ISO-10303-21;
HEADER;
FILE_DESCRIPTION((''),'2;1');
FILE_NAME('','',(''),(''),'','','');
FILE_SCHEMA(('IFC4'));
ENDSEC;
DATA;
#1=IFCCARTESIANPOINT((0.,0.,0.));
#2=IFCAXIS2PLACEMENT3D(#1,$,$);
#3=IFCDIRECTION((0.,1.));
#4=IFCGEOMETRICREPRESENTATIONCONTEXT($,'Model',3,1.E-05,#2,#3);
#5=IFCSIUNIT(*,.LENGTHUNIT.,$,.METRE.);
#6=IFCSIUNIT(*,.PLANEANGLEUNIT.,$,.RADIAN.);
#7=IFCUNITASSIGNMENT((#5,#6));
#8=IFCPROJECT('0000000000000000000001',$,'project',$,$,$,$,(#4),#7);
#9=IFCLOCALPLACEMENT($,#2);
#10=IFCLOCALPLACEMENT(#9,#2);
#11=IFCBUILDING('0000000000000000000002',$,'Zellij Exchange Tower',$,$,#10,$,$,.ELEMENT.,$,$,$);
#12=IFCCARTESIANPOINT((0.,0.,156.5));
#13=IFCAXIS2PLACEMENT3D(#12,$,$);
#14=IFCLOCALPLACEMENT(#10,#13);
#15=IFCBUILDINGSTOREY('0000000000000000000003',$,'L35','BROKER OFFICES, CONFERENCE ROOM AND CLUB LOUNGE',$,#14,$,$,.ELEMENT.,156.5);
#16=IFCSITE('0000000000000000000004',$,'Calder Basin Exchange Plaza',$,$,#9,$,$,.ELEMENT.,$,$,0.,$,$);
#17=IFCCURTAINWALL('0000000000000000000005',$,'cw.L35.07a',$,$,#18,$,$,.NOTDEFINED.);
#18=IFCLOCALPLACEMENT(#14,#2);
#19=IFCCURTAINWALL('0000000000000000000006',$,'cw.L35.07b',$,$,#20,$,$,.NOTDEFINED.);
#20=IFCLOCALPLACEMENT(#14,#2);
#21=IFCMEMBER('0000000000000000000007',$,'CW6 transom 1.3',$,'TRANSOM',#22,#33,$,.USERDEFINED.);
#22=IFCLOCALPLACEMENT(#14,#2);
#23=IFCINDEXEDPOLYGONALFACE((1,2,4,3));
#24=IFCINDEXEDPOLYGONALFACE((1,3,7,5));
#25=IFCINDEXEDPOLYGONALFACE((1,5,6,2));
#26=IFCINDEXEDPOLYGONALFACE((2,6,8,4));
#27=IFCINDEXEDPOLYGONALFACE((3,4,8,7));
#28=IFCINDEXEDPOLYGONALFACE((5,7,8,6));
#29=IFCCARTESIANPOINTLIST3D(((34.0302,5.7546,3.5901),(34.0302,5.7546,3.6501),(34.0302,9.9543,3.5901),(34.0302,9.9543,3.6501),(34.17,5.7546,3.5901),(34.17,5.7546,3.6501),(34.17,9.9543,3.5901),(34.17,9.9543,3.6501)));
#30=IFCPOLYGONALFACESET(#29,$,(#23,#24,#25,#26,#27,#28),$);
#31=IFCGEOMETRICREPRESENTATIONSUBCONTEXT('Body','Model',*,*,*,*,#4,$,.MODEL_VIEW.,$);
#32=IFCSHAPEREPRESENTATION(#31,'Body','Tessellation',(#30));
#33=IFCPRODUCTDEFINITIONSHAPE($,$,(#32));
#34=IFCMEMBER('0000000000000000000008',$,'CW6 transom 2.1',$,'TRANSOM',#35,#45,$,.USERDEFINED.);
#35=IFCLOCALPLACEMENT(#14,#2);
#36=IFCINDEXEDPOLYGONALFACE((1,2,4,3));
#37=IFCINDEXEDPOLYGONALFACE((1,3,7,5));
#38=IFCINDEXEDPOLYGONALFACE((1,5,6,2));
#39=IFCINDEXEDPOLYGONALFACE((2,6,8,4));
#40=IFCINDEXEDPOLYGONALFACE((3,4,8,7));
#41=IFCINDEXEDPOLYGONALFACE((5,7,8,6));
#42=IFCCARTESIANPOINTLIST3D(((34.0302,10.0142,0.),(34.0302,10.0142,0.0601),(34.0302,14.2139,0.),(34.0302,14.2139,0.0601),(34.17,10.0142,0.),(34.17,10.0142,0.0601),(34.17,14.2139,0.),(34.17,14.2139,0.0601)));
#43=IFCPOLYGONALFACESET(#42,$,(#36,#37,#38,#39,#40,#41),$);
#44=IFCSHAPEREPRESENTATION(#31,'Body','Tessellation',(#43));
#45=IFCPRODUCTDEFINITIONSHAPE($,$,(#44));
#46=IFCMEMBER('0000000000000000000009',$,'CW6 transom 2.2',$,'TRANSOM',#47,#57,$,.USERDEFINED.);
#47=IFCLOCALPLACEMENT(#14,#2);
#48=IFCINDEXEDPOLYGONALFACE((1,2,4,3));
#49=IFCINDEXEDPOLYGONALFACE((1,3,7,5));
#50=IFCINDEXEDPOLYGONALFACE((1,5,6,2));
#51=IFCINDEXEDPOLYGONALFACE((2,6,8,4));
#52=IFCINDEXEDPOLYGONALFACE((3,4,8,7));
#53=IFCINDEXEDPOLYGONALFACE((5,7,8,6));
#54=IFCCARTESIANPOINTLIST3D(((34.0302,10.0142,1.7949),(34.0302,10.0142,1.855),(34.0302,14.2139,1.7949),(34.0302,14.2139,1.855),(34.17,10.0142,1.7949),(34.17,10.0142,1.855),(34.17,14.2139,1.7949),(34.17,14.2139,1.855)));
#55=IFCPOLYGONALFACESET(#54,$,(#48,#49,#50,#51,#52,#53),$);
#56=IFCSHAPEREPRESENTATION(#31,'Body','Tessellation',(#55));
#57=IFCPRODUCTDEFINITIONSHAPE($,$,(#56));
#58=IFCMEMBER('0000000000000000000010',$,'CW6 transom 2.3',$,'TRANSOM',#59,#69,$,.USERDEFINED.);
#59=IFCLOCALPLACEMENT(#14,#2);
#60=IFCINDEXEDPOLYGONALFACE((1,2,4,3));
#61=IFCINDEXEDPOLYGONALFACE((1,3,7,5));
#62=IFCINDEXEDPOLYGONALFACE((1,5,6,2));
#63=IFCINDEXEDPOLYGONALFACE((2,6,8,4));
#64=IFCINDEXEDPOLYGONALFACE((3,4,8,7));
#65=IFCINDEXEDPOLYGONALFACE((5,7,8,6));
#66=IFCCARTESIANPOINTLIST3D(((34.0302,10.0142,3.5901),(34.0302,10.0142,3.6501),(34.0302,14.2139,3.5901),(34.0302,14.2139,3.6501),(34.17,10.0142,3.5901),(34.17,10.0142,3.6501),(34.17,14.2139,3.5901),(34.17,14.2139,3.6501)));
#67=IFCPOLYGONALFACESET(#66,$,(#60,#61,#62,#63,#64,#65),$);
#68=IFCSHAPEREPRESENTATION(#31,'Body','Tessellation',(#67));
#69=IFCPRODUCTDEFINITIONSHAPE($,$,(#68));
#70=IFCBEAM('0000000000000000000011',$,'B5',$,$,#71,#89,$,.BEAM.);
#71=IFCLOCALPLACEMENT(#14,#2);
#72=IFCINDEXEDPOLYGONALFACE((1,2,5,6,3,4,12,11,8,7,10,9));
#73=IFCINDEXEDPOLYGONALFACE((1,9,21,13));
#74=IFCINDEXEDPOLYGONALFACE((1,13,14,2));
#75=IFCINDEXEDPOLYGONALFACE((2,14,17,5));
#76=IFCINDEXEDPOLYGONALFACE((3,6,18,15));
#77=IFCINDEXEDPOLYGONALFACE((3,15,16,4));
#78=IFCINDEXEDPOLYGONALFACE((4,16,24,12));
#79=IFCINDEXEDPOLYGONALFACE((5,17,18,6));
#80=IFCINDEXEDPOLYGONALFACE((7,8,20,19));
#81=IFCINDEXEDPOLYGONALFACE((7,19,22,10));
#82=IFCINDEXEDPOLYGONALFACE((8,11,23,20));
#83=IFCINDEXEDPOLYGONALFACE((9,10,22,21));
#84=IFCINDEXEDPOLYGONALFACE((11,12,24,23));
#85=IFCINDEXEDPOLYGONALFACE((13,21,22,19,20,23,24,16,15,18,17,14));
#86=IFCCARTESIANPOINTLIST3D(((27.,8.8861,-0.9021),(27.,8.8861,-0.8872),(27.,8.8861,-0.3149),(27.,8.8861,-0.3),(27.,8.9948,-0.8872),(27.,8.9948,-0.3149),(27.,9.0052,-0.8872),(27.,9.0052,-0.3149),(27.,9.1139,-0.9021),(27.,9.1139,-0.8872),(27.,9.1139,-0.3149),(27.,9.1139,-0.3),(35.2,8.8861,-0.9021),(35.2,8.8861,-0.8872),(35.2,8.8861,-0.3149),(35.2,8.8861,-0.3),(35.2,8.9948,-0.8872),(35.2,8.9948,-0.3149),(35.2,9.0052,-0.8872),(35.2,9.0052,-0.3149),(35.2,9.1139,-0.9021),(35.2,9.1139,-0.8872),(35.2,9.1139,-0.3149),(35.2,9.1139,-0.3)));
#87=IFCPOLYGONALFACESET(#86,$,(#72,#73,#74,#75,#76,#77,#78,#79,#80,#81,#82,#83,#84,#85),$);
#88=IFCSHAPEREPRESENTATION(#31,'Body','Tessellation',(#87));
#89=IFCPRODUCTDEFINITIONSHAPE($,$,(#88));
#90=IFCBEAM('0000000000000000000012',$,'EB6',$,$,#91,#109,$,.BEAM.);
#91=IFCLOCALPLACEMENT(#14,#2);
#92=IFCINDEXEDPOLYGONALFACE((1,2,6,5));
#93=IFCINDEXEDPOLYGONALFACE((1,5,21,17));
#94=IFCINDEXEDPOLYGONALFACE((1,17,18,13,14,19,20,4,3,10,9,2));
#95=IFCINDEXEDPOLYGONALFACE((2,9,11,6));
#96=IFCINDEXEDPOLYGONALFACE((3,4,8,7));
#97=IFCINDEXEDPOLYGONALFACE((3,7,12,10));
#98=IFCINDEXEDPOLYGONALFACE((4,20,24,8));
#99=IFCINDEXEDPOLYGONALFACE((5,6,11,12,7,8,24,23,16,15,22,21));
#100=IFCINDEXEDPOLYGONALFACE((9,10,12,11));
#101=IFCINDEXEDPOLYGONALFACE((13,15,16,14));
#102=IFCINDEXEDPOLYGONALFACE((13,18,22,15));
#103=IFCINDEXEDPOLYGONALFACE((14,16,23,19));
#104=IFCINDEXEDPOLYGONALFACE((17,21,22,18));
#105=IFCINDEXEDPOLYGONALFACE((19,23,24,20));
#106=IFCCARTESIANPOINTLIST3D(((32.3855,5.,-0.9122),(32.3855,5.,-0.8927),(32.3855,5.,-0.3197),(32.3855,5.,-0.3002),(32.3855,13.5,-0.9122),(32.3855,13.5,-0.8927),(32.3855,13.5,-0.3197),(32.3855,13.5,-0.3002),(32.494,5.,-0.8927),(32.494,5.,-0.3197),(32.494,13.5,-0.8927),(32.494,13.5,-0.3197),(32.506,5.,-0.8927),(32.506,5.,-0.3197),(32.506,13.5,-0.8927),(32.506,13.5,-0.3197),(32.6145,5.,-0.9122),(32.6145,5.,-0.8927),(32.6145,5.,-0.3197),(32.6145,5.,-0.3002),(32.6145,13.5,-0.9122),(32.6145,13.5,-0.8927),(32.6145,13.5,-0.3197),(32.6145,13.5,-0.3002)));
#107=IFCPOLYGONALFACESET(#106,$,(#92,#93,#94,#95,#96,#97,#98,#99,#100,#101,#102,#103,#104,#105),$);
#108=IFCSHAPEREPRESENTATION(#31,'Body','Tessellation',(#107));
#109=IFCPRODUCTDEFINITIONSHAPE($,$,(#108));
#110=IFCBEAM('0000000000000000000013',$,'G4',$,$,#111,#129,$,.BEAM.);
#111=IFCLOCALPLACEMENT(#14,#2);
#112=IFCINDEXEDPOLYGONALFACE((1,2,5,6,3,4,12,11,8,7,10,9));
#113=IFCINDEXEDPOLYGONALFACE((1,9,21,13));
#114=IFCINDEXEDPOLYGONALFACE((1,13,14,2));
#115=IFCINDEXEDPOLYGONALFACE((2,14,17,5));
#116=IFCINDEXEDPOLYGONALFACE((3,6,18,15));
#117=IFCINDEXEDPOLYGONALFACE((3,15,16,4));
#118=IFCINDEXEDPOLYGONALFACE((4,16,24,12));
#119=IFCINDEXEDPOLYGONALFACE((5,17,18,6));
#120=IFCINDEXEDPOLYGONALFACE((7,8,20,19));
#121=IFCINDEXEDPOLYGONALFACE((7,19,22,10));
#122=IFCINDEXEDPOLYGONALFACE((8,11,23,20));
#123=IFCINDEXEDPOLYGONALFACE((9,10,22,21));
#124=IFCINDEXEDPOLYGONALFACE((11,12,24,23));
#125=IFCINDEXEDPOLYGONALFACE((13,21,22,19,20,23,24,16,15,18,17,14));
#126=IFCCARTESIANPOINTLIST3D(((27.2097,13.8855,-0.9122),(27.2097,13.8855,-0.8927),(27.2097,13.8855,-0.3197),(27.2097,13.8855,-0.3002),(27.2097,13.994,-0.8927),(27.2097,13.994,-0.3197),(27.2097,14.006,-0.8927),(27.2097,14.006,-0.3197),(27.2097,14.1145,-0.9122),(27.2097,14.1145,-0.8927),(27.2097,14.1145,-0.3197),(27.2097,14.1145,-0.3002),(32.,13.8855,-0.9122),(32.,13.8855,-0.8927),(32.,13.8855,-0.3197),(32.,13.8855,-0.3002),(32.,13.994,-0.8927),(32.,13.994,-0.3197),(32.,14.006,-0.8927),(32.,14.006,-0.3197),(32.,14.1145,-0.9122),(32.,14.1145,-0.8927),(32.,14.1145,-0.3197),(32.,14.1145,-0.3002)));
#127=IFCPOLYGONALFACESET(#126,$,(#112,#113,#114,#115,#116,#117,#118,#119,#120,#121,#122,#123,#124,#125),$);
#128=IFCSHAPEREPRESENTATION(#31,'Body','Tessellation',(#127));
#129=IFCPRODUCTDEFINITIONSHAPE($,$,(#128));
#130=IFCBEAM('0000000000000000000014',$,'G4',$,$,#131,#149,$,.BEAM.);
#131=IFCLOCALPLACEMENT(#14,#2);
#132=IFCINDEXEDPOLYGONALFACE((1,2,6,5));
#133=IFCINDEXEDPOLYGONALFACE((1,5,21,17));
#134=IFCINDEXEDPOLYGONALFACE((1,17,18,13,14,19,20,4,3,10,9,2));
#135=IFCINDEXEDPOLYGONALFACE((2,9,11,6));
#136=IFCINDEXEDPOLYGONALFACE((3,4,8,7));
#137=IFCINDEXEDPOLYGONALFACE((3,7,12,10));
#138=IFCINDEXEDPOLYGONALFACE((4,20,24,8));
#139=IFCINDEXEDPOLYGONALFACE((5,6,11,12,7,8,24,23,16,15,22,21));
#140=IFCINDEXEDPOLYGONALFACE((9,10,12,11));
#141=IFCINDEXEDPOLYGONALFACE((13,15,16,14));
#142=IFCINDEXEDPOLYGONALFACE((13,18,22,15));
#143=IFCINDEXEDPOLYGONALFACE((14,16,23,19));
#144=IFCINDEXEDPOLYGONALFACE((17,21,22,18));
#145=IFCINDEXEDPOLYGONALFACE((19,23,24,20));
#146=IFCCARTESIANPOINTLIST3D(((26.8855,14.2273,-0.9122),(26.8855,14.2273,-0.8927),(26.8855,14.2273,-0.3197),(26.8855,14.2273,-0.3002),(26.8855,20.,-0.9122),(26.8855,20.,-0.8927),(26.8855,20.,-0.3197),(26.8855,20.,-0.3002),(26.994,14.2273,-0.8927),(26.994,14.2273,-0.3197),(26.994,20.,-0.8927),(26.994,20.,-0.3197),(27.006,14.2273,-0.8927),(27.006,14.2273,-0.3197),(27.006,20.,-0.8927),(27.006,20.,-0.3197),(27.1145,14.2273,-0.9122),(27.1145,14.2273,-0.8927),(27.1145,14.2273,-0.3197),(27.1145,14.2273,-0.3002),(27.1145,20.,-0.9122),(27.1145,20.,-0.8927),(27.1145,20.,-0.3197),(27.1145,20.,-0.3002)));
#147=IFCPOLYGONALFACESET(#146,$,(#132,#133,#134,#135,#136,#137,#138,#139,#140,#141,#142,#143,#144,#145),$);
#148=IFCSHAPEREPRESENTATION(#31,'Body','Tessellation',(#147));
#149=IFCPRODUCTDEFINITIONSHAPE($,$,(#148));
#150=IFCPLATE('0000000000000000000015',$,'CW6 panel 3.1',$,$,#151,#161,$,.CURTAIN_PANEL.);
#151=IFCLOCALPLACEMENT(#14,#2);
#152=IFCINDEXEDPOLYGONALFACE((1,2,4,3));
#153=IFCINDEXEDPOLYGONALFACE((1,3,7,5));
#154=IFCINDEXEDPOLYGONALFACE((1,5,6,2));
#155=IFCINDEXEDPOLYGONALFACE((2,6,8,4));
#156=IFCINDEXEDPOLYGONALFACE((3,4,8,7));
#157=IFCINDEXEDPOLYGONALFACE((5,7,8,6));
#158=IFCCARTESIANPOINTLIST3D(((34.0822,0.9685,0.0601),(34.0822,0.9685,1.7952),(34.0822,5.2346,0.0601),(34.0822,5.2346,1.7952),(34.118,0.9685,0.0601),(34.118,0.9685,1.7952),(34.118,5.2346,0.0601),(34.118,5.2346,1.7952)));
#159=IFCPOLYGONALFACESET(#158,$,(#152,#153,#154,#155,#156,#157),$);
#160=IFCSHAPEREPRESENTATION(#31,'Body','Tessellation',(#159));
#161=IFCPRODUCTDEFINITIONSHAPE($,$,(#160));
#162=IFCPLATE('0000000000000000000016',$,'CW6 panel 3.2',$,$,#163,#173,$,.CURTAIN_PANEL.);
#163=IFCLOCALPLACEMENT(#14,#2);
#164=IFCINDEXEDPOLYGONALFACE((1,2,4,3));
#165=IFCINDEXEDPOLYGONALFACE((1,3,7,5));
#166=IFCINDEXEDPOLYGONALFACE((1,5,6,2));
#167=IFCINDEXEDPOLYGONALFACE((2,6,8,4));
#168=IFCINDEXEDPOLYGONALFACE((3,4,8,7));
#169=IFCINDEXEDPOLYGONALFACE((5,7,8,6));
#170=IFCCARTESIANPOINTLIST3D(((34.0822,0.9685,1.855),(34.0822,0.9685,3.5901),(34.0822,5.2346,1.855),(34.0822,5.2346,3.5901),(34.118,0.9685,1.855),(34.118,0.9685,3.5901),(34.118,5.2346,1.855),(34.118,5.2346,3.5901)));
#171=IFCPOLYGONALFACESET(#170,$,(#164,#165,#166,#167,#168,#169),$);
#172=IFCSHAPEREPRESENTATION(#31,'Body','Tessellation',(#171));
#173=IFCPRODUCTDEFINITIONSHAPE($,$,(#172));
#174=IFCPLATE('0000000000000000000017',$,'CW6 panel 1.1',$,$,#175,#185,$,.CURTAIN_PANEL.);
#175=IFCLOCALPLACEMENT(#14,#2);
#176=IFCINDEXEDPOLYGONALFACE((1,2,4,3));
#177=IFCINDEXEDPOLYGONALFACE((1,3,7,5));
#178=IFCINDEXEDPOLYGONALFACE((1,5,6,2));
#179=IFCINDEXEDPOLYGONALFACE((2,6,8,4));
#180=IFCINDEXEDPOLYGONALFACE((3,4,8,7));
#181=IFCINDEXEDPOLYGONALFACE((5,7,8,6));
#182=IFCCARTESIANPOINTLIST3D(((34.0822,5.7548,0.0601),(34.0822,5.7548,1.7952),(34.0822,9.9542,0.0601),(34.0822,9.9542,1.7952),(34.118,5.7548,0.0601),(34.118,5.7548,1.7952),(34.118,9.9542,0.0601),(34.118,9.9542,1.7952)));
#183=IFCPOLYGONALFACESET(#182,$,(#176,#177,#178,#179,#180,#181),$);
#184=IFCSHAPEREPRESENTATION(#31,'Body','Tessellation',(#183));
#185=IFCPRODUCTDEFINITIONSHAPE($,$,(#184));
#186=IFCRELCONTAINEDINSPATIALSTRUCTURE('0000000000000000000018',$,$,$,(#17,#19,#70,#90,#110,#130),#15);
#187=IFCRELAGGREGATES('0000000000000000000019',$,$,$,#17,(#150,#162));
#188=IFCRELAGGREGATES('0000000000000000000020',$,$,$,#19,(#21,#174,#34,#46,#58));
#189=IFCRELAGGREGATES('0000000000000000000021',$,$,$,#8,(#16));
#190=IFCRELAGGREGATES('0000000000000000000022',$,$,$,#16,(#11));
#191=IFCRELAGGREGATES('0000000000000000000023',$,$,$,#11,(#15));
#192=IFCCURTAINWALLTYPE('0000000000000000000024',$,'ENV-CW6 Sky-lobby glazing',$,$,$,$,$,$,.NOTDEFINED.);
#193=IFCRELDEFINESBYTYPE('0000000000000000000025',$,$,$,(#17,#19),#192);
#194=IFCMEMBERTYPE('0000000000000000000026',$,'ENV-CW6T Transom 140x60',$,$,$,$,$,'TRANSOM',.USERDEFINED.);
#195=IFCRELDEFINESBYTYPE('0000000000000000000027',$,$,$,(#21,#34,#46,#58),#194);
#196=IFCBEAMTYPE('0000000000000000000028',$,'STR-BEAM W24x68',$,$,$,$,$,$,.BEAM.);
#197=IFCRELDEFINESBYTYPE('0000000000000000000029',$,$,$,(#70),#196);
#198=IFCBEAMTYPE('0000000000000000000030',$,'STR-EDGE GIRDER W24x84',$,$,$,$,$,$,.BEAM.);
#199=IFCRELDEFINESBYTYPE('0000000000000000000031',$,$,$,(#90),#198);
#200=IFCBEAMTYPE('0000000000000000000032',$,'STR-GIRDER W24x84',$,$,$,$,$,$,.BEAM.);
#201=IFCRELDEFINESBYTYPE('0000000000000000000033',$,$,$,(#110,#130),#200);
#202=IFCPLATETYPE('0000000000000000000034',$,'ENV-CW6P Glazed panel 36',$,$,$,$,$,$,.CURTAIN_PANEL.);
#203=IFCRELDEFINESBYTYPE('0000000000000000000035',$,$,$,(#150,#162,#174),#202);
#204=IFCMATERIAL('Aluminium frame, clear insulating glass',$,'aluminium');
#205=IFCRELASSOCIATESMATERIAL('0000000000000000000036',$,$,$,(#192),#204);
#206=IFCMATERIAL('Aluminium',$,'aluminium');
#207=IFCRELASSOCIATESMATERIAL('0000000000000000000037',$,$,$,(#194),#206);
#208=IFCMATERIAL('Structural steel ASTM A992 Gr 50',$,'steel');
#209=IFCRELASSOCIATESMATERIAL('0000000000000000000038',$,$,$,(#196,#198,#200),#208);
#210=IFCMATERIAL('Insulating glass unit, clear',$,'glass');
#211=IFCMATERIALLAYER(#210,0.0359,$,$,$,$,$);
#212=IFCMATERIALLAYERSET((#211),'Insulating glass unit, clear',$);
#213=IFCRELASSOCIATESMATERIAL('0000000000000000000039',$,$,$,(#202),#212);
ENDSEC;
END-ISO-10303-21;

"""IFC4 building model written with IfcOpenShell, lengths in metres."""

from ifc_helpers import new_model, si_unit, direction, frame, origin, origin_2d, place, context, subcontext, project, spatial, rectangle, i_section, extrude, material, layer, layer_set, material_profile, profile_set, type_object, element, aggregate, save


model = new_model("IFC4")

# Units and contexts
model_context = context("Model", 3, precision=1e-05, world=origin(), true_north=direction((0.0, 1.0)))
body_context = subcontext(model_context, "Body", "Model", "MODEL_VIEW")
ifc_project = project(units=[si_unit("LENGTHUNIT", "METRE"), si_unit("PLANEANGLEUNIT", "RADIAN")], contexts=[model_context])

# Site, building, storey
site_placement = place(None, origin())
site = spatial("IfcSite", under=ifc_project, at=site_placement, Name="Calder Basin Exchange Plaza", CompositionType="ELEMENT", RefElevation=0.0)
building_placement = place(site_placement, origin())
building = spatial("IfcBuilding", under=site, at=building_placement, Name="Zellij Exchange Tower", CompositionType="ELEMENT")
storey_placement = place(building_placement, frame((0.0, 0.0, 156.5)))
storey = spatial("IfcBuildingStorey", under=building, at=storey_placement, Name="L35", Description="BROKER OFFICES, CONFERENCE ROOM AND CLUB LOUNGE", CompositionType="ELEMENT", Elevation=156.5)

# Curtain wall
ifc_material_1 = material(Name="Aluminium frame, clear insulating glass", Category="aluminium")
curtain_wall_type = type_object("IfcCurtainWallType", Name="ENV-CW6 Sky-lobby glazing", PredefinedType="NOTDEFINED", material=ifc_material_1)
curtain_wall_1_placement = place(storey_placement, origin())
curtain_wall_1 = element("IfcCurtainWall", 1, at=curtain_wall_1_placement, inside=storey, type_object=curtain_wall_type, Name="cw.L35.07a", PredefinedType="NOTDEFINED")
ifc_material_2 = material(Name="Aluminium", Category="aluminium")

# Curtain wall
curtain_wall_2_placement = place(storey_placement, origin())
curtain_wall_2 = element("IfcCurtainWall", 2, at=curtain_wall_2_placement, inside=storey, type_object=curtain_wall_type, Name="cw.L35.07b", PredefinedType="NOTDEFINED")

# Members
ifc_material_profile_1 = material_profile(ifc_material_2, rectangle(XDim=0.1399, YDim=0.0601, at=origin_2d()), Name="AL 140x60")
ifc_profile_set_1 = profile_set([ifc_material_profile_1], Name="Aluminium")
member_type_1 = type_object("IfcMemberType", Name="ENV-CW6T Transom 140x60", ElementType="TRANSOM", PredefinedType="USERDEFINED", material=ifc_profile_set_1)
member_1_placement = place(storey_placement, frame((34.1001, 5.7546, 3.6201), z_axis=(0.0, 1.0, 0.0), x_axis=(-1.0, 0.0, 0.0)))
member_1 = element("IfcMember", 3, at=member_1_placement, type_object=member_type_1, Name="CW6 transom 1.3", ObjectType="TRANSOM", PredefinedType="USERDEFINED", context=body_context, shape_type="SweptSolid", body=[
    extrude(rectangle(XDim=0.1399, YDim=0.0601, at=origin_2d()), origin(), (0.0, 0.0, 1.0), 4.1997),
])
member_2_placement = place(storey_placement, frame((34.1001, 10.0142, 0.03), z_axis=(0.0, 1.0, 0.0), x_axis=(-1.0, 0.0, 0.0)))
member_2 = element("IfcMember", 4, at=member_2_placement, type_object=member_type_1, Name="CW6 transom 2.1", ObjectType="TRANSOM", PredefinedType="USERDEFINED", context=body_context, shape_type="SweptSolid", body=[
    extrude(rectangle(XDim=0.1399, YDim=0.0601, at=origin_2d()), origin(), (0.0, 0.0, 1.0), 4.1997),
])
member_3_placement = place(storey_placement, frame((34.1001, 10.0142, 1.825), z_axis=(0.0, 1.0, 0.0), x_axis=(-1.0, 0.0, 0.0)))
member_3 = element("IfcMember", 5, at=member_3_placement, type_object=member_type_1, Name="CW6 transom 2.2", ObjectType="TRANSOM", PredefinedType="USERDEFINED", context=body_context, shape_type="SweptSolid", body=[
    extrude(rectangle(XDim=0.1399, YDim=0.0601, at=origin_2d()), origin(), (0.0, 0.0, 1.0), 4.1997),
])
member_4_placement = place(storey_placement, frame((34.1001, 10.0142, 3.6201), z_axis=(0.0, 1.0, 0.0), x_axis=(-1.0, 0.0, 0.0)))
member_4 = element("IfcMember", 6, at=member_4_placement, type_object=member_type_1, Name="CW6 transom 2.3", ObjectType="TRANSOM", PredefinedType="USERDEFINED", context=body_context, shape_type="SweptSolid", body=[
    extrude(rectangle(XDim=0.1399, YDim=0.0601, at=origin_2d()), origin(), (0.0, 0.0, 1.0), 4.1997),
])

# Beams
ifc_material_3 = material(Name="Structural steel ASTM A992 Gr 50", Category="steel")
ifc_material_profile_2 = material_profile(ifc_material_3, i_section(OverallWidth=0.2278, OverallDepth=0.6021, WebThickness=0.0105, FlangeThickness=0.0149, at=origin_2d()), Name="W24x68")
ifc_profile_set_2 = profile_set([ifc_material_profile_2], Name="Structural steel ASTM A992 Gr 50")
beam_type_1 = type_object("IfcBeamType", Name="STR-BEAM W24x68", PredefinedType="BEAM", material=ifc_profile_set_2)
beam_1_placement = place(storey_placement, frame((27.0, 9.0, -0.6011), z_axis=(1.0, 0.0, 0.0), x_axis=(0.0, 1.0, 0.0)))
element("IfcBeam", 7, at=beam_1_placement, inside=storey, type_object=beam_type_1, Name="B5", PredefinedType="BEAM", context=body_context, shape_type="SweptSolid", body=[
    extrude(i_section(OverallWidth=0.2278, OverallDepth=0.6021, WebThickness=0.0105, FlangeThickness=0.0149, at=origin_2d()), origin(), (0.0, 0.0, 1.0), 8.2),
])
ifc_material_profile_3 = material_profile(ifc_material_3, i_section(OverallWidth=0.229, OverallDepth=0.6121, WebThickness=0.012, FlangeThickness=0.0195, at=origin_2d()), Name="W24x84")
ifc_profile_set_3 = profile_set([ifc_material_profile_3], Name="Structural steel ASTM A992 Gr 50")
beam_type_2 = type_object("IfcBeamType", Name="STR-EDGE GIRDER W24x84", PredefinedType="BEAM", material=ifc_profile_set_3)
beam_2_placement = place(storey_placement, frame((32.5, 5.0, -0.6062), z_axis=(0.0, 1.0, 0.0), x_axis=(-1.0, 0.0, 0.0)))
element("IfcBeam", 8, at=beam_2_placement, inside=storey, type_object=beam_type_2, Name="EB6", PredefinedType="BEAM", context=body_context, shape_type="SweptSolid", body=[
    extrude(i_section(OverallWidth=0.229, OverallDepth=0.6121, WebThickness=0.012, FlangeThickness=0.0195, at=origin_2d()), origin(), (0.0, 0.0, 1.0), 8.5),
])
ifc_material_profile_4 = material_profile(ifc_material_3, i_section(OverallWidth=0.229, OverallDepth=0.6121, WebThickness=0.012, FlangeThickness=0.0195, at=origin_2d()), Name="W24x84")
ifc_profile_set_4 = profile_set([ifc_material_profile_4], Name="Structural steel ASTM A992 Gr 50")
beam_type_3 = type_object("IfcBeamType", Name="STR-GIRDER W24x84", PredefinedType="BEAM", material=ifc_profile_set_4)
beam_3_placement = place(storey_placement, frame((27.2097, 14.0, -0.6062), z_axis=(1.0, 0.0, 0.0), x_axis=(0.0, 1.0, 0.0)))
element("IfcBeam", 9, at=beam_3_placement, inside=storey, type_object=beam_type_3, Name="G4", PredefinedType="BEAM", context=body_context, shape_type="SweptSolid", body=[
    extrude(i_section(OverallWidth=0.229, OverallDepth=0.6121, WebThickness=0.012, FlangeThickness=0.0195, at=origin_2d()), origin(), (0.0, 0.0, 1.0), 4.7903),
])
beam_4_placement = place(storey_placement, frame((27.0, 14.2273, -0.6062), z_axis=(0.0, 1.0, 0.0), x_axis=(-1.0, 0.0, 0.0)))
element("IfcBeam", 10, at=beam_4_placement, inside=storey, type_object=beam_type_3, Name="G4", PredefinedType="BEAM", context=body_context, shape_type="SweptSolid", body=[
    extrude(i_section(OverallWidth=0.229, OverallDepth=0.6121, WebThickness=0.012, FlangeThickness=0.0195, at=origin_2d()), origin(), (0.0, 0.0, 1.0), 5.7727),
])

# Plates
ifc_material_4 = material(Name="Insulating glass unit, clear", Category="glass")
ifc_layer_1 = layer(ifc_material_4, 0.0359)
ifc_layer_set_1 = layer_set([ifc_layer_1], Name="Insulating glass unit, clear")
plate_type = type_object("IfcPlateType", Name="ENV-CW6P Glazed panel 36", PredefinedType="CURTAIN_PANEL", material=ifc_layer_set_1)
plate_1_placement = place(storey_placement, frame((34.1001, 3.1016, 0.0601), z_axis=(0.0, 0.0, 1.0), x_axis=(0.0, 1.0, 0.0)))
plate_1 = element("IfcPlate", 11, at=plate_1_placement, type_object=plate_type, Name="CW6 panel 3.1", PredefinedType="CURTAIN_PANEL", context=body_context, shape_type="SweptSolid", body=[
    extrude(rectangle(XDim=4.2661, YDim=0.0359, at=origin_2d()), origin(), (0.0, 0.0, 1.0), 1.7351),
])
plate_2_placement = place(storey_placement, frame((34.1001, 3.1016, 1.855), z_axis=(0.0, 0.0, 1.0), x_axis=(0.0, 1.0, 0.0)))
plate_2 = element("IfcPlate", 12, at=plate_2_placement, type_object=plate_type, Name="CW6 panel 3.2", PredefinedType="CURTAIN_PANEL", context=body_context, shape_type="SweptSolid", body=[
    extrude(rectangle(XDim=4.2661, YDim=0.0359, at=origin_2d()), origin(), (0.0, 0.0, 1.0), 1.7351),
])
aggregate(curtain_wall_1, [plate_1, plate_2])
plate_3_placement = place(storey_placement, frame((34.1001, 7.8545, 0.0601), z_axis=(0.0, 0.0, 1.0), x_axis=(0.0, 1.0, 0.0)))
plate_3 = element("IfcPlate", 13, at=plate_3_placement, type_object=plate_type, Name="CW6 panel 1.1", PredefinedType="CURTAIN_PANEL", context=body_context, shape_type="SweptSolid", body=[
    extrude(rectangle(XDim=4.1995, YDim=0.0359, at=origin_2d()), origin(), (0.0, 0.0, 1.0), 1.7351),
])
aggregate(curtain_wall_2, [member_1, plate_3, member_2, member_3, member_4])

save(model, "model.ifc")
